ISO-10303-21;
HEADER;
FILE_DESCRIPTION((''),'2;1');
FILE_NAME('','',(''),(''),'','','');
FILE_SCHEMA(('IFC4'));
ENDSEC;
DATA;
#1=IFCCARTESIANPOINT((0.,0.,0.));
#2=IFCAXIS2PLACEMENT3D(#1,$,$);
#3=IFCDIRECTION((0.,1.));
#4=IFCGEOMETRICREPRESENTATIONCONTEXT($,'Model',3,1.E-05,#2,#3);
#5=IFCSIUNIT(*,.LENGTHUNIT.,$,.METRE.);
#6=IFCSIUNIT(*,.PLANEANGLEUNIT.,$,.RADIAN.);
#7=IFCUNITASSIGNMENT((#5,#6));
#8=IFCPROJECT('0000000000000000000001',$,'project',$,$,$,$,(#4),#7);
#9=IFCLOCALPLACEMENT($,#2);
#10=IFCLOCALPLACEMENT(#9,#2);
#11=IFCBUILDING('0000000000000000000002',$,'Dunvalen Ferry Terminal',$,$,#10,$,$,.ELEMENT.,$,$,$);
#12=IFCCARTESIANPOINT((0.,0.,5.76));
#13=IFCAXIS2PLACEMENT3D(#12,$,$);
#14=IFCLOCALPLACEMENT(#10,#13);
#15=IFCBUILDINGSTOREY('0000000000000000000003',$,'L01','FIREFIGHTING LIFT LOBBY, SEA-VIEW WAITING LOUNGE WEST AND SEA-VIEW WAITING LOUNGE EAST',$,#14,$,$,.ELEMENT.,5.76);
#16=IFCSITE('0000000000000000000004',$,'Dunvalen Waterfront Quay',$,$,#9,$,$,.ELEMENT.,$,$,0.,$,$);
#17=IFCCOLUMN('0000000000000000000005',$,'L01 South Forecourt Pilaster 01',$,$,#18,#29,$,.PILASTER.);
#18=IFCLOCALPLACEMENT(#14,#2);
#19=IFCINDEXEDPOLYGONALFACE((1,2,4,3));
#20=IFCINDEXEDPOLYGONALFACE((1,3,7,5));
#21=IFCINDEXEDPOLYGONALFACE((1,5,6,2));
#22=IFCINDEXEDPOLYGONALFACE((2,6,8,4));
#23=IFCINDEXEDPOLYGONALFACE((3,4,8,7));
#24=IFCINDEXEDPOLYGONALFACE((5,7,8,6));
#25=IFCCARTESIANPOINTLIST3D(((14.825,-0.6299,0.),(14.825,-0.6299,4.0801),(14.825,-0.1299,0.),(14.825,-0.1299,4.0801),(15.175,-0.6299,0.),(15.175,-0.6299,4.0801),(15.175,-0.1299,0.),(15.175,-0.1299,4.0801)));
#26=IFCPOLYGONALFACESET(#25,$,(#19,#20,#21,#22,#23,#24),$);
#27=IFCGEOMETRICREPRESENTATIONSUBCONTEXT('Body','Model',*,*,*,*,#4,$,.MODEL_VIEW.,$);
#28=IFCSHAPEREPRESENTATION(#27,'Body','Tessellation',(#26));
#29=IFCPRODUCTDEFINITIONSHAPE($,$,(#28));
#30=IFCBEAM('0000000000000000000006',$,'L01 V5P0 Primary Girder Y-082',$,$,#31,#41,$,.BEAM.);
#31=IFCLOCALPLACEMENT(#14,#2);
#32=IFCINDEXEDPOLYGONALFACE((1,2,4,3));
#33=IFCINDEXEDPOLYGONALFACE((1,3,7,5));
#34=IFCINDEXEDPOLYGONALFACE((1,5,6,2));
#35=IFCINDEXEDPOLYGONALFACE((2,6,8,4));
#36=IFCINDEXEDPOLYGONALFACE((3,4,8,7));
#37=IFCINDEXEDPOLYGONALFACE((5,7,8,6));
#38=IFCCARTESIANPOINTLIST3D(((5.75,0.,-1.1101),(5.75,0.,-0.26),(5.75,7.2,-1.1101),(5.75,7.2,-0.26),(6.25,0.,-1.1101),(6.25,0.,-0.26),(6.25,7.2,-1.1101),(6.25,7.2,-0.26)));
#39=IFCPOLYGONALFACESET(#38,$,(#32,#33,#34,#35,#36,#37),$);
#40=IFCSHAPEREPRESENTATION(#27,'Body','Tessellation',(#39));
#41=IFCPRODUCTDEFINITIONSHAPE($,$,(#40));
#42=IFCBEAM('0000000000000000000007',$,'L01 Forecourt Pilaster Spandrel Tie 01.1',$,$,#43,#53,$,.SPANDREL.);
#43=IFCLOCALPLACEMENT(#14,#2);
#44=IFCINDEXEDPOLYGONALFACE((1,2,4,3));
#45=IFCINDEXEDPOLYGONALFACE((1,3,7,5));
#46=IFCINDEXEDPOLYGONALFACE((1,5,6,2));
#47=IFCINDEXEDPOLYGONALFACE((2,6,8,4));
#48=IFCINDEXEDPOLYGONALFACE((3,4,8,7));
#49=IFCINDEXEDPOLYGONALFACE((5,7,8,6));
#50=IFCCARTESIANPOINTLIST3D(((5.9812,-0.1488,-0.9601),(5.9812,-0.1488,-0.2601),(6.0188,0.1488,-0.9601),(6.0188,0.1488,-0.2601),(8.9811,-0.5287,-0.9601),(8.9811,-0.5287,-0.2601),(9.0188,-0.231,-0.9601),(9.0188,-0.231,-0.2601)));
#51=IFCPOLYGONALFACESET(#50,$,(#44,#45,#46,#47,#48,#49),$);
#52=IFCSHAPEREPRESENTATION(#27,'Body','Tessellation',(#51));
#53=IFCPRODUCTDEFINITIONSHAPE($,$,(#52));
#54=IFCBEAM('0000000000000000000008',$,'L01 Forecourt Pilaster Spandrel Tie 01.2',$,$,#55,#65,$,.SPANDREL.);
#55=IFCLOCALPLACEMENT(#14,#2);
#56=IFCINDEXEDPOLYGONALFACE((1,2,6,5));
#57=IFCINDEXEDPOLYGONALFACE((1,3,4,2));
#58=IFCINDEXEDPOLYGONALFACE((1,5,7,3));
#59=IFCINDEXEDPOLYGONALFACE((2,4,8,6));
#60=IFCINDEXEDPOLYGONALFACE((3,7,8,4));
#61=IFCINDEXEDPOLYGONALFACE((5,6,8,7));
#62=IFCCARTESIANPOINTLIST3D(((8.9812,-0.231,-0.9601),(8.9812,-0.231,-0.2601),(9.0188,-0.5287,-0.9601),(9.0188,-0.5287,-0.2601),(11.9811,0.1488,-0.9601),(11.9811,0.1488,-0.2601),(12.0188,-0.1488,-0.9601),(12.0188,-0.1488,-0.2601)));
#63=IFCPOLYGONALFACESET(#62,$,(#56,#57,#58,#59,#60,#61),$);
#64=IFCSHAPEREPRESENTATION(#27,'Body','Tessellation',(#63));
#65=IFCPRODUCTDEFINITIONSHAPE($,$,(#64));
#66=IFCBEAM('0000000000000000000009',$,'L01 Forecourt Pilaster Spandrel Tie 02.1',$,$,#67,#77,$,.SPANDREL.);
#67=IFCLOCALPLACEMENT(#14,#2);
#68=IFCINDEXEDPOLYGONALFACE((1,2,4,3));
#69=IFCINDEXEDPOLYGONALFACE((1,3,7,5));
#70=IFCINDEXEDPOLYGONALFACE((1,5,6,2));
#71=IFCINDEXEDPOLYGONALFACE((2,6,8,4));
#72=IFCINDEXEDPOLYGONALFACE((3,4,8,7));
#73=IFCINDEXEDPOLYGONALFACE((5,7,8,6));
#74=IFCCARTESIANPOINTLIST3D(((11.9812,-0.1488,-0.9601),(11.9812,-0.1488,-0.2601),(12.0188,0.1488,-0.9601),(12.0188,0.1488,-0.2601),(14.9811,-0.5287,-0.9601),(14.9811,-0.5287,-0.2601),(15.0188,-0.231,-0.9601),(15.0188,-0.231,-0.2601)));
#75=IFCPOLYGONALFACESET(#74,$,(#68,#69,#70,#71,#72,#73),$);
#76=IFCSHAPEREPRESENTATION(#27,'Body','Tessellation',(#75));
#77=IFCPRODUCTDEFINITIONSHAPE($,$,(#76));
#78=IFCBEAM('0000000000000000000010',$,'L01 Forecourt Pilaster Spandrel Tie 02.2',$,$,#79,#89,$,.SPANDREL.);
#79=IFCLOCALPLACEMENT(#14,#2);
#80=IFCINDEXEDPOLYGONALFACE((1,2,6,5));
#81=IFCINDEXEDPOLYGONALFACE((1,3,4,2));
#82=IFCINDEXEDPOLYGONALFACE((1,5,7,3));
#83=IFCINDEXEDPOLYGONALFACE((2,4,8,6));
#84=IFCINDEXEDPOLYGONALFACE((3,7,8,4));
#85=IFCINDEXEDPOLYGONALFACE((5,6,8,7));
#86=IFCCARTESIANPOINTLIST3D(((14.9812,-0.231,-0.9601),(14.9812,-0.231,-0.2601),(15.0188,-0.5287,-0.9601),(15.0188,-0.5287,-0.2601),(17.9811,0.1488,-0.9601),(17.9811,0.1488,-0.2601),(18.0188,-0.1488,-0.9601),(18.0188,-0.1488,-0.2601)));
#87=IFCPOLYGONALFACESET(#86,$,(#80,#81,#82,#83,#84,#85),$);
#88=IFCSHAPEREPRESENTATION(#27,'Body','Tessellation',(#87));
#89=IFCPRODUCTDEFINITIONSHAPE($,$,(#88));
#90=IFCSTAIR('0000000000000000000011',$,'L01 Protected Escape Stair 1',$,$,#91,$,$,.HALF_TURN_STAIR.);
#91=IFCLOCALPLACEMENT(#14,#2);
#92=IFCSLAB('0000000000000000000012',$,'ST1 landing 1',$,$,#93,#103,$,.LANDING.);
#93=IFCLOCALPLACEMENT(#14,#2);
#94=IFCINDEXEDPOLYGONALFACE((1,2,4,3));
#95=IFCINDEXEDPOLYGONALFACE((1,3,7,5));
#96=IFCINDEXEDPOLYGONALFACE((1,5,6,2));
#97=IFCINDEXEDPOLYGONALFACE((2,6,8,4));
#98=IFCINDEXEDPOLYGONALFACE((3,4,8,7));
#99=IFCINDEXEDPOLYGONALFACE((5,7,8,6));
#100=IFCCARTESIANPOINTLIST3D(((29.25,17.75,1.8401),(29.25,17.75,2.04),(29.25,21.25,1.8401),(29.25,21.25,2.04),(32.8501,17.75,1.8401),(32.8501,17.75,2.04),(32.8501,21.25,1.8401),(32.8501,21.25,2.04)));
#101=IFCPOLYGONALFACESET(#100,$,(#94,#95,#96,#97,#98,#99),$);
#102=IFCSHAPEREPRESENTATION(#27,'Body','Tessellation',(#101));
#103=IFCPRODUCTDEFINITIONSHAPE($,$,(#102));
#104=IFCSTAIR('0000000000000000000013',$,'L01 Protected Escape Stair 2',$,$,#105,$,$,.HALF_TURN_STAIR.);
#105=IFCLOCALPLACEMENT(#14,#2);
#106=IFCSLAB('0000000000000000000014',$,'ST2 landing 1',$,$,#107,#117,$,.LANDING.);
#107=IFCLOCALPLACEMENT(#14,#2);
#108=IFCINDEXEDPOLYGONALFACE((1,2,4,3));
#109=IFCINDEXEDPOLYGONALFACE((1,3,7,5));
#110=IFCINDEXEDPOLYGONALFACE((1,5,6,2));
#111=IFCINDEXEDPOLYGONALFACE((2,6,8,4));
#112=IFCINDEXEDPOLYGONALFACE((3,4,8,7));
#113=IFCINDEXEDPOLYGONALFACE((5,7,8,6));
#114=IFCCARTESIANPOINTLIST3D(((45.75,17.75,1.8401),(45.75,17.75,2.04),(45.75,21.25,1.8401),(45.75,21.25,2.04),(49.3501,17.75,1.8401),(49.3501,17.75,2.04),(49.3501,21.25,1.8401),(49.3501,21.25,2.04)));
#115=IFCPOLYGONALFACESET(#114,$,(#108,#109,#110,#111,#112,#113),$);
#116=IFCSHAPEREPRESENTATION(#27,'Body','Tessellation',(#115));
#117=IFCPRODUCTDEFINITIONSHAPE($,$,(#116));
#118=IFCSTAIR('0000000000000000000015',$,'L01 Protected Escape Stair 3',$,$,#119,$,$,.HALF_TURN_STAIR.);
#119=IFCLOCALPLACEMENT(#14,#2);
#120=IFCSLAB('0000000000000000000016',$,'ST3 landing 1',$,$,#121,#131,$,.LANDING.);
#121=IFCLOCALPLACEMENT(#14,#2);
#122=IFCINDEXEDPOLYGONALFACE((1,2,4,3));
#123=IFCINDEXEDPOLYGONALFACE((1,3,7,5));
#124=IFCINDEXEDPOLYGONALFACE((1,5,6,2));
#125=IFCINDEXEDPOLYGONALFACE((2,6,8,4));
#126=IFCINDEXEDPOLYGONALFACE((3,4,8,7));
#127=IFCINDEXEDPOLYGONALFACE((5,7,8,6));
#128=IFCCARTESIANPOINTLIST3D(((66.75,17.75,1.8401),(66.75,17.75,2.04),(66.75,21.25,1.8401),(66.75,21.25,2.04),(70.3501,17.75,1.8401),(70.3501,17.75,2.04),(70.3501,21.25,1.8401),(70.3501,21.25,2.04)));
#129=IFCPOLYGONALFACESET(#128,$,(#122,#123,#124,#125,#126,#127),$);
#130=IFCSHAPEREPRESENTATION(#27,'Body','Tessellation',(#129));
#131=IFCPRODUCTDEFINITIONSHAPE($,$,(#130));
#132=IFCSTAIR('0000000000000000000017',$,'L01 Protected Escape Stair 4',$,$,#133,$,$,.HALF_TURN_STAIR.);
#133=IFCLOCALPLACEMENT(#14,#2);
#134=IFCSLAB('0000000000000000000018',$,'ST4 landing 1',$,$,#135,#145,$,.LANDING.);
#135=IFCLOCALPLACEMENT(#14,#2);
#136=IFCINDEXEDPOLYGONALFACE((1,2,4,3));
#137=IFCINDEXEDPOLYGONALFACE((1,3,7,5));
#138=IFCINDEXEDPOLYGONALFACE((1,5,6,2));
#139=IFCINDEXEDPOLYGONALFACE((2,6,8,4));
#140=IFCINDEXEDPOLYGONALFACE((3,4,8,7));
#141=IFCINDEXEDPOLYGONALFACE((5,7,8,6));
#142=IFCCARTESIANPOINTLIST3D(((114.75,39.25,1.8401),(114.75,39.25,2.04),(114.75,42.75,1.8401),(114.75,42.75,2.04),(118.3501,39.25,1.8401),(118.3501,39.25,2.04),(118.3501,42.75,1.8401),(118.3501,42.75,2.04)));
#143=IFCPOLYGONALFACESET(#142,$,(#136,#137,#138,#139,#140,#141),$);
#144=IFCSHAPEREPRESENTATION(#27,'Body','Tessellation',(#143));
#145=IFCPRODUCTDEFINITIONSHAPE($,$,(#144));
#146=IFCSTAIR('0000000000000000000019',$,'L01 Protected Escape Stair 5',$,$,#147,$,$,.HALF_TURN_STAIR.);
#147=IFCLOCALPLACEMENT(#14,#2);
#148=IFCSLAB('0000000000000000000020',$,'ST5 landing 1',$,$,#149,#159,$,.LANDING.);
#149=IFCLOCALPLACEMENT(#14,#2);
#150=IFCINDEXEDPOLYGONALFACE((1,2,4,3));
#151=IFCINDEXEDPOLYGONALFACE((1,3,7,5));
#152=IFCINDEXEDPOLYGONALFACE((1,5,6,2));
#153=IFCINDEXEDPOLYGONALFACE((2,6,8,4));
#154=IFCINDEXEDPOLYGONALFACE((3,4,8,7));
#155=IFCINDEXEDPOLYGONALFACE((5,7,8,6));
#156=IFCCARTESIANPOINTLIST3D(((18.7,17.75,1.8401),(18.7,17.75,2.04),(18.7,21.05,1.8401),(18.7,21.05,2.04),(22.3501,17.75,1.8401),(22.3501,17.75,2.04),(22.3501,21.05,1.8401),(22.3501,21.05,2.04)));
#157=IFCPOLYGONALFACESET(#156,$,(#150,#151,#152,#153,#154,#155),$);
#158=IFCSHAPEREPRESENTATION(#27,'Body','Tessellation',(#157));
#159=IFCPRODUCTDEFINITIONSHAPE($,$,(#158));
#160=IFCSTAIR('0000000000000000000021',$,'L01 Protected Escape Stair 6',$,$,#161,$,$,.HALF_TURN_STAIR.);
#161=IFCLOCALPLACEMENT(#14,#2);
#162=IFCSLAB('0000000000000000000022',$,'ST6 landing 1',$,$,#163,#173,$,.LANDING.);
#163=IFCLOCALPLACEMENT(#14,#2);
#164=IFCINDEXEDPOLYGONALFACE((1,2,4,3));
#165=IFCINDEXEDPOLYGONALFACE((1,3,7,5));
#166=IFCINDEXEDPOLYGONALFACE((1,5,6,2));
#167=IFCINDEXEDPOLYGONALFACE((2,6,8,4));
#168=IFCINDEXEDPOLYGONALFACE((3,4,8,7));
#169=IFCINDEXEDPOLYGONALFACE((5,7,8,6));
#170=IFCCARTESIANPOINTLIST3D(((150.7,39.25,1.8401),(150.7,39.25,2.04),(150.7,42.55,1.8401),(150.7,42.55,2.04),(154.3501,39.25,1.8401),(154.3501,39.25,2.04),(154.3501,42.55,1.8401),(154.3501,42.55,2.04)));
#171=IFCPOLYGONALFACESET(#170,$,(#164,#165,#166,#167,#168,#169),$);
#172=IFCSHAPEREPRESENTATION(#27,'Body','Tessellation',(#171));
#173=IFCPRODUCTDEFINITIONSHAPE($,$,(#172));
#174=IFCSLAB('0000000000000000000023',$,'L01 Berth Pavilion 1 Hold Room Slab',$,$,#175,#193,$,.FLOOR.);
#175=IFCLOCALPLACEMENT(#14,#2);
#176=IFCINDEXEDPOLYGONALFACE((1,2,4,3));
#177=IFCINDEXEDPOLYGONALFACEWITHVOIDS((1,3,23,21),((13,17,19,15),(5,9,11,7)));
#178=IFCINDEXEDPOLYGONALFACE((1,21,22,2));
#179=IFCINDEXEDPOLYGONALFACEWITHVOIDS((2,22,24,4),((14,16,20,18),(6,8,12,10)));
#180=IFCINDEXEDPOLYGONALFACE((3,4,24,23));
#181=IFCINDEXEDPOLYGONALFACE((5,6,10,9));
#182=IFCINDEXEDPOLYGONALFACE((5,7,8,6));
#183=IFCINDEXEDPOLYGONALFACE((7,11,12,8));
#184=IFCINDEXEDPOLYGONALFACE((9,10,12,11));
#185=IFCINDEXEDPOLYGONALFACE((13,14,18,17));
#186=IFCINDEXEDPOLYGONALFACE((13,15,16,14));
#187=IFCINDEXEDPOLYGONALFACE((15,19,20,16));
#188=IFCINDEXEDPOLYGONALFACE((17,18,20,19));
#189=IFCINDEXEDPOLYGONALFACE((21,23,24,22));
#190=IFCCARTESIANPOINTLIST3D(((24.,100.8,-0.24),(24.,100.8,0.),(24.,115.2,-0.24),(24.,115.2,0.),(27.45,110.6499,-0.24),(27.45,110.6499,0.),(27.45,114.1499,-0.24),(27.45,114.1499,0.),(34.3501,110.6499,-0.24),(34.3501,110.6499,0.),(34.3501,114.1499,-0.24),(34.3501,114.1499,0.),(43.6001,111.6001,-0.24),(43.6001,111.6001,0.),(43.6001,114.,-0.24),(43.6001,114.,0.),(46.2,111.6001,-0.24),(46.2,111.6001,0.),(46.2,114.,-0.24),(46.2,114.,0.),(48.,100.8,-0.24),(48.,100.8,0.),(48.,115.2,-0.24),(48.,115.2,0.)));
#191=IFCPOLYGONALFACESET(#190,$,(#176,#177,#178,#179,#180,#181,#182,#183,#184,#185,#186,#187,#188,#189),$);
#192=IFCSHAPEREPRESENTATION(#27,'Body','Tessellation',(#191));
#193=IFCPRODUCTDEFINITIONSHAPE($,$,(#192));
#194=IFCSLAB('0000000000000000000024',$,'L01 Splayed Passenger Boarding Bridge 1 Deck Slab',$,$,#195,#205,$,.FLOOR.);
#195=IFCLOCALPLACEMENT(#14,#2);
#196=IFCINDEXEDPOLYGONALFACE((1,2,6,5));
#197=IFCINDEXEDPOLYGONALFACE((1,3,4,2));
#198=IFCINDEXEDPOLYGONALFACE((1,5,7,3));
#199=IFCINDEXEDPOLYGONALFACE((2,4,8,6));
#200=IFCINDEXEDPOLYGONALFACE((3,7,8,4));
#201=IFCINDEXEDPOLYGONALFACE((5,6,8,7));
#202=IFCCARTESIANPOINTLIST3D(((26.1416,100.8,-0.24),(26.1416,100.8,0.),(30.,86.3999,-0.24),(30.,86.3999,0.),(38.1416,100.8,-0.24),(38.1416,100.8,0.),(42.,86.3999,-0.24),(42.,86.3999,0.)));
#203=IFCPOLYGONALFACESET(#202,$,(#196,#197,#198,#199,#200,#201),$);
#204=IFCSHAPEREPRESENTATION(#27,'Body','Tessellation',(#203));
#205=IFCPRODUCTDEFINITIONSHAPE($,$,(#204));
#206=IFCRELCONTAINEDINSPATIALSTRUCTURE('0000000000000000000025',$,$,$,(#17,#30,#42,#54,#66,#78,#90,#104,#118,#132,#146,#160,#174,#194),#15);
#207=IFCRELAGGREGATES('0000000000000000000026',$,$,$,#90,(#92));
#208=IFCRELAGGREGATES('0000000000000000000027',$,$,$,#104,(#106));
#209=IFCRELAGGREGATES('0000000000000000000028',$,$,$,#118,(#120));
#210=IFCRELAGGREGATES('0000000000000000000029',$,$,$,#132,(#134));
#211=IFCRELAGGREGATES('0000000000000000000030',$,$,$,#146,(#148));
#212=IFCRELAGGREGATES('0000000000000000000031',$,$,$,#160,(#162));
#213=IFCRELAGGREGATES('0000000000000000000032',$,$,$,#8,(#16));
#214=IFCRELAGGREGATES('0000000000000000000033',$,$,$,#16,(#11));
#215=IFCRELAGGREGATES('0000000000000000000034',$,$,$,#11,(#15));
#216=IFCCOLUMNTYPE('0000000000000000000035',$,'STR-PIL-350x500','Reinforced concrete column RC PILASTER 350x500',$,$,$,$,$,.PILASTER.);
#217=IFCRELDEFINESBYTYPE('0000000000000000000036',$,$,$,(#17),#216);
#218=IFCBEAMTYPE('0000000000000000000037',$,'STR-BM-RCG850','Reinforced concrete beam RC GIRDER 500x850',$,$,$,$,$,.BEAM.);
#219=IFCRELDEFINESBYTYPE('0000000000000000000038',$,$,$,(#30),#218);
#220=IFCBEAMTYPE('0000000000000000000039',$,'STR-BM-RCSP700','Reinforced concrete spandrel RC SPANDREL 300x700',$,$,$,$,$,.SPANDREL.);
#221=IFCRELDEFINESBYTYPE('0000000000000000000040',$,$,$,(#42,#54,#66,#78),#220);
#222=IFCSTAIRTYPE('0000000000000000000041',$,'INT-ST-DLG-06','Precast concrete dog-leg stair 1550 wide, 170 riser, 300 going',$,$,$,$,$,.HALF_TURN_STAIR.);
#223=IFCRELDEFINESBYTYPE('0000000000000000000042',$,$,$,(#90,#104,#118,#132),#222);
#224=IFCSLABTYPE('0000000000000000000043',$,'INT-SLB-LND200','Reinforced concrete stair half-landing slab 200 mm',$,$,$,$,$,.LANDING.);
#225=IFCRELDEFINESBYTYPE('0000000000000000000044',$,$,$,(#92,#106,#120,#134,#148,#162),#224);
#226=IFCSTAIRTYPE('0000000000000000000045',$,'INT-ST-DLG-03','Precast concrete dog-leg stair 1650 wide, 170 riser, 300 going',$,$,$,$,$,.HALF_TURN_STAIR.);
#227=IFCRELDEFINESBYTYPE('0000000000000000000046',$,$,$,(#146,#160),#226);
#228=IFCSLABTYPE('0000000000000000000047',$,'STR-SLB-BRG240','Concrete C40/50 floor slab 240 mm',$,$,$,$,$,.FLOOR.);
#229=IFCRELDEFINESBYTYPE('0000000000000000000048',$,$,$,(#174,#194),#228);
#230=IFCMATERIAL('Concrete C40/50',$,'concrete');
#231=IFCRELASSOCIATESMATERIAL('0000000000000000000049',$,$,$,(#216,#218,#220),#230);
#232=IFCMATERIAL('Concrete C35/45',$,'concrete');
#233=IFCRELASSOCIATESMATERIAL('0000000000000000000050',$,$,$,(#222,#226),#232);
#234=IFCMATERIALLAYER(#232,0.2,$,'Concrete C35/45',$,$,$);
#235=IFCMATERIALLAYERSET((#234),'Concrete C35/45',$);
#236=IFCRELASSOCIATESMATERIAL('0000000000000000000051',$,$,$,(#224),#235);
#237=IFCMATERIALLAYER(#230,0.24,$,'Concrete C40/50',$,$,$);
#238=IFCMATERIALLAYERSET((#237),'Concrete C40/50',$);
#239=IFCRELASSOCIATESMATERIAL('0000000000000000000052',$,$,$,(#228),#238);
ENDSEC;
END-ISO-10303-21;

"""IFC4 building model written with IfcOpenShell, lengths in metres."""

from ifc_helpers import new_model, si_unit, direction, frame, origin, origin_2d, place, context, subcontext, project, spatial, polyline, rectangle, outline, extrude, material, layer, layer_set, material_profile, profile_set, type_object, element, aggregate, save


model = new_model("IFC4")

# Units and contexts
model_context = context("Model", 3, precision=1e-05, world=origin(), true_north=direction((0.0, 1.0)))
body_context = subcontext(model_context, "Body", "Model", "MODEL_VIEW")
ifc_project = project(units=[si_unit("LENGTHUNIT", "METRE"), si_unit("PLANEANGLEUNIT", "RADIAN")], contexts=[model_context])

# Site, building, storey
site_placement = place(None, origin())
site = spatial("IfcSite", under=ifc_project, at=site_placement, Name="Dunvalen Waterfront Quay", CompositionType="ELEMENT", RefElevation=0.0)
building_placement = place(site_placement, origin())
building = spatial("IfcBuilding", under=site, at=building_placement, Name="Dunvalen Ferry Terminal", CompositionType="ELEMENT")
storey_placement = place(building_placement, frame((0.0, 0.0, 5.76)))
storey = spatial("IfcBuildingStorey", under=building, at=storey_placement, Name="L01", Description="FIREFIGHTING LIFT LOBBY, SEA-VIEW WAITING LOUNGE WEST AND SEA-VIEW WAITING LOUNGE EAST", CompositionType="ELEMENT", Elevation=5.76)

# Column
ifc_material_1 = material(Name="Concrete C40/50", Category="concrete")
ifc_material_profile_1 = material_profile(ifc_material_1, rectangle(XDim=0.3501, YDim=0.5, at=origin_2d()), Name="Concrete C40/50")
ifc_profile_set_1 = profile_set([ifc_material_profile_1], Name="Concrete C40/50")
column_type = type_object("IfcColumnType", Name="STR-PIL-350x500", Description="Reinforced concrete column RC PILASTER 350x500", PredefinedType="PILASTER", material=ifc_profile_set_1)
column_placement = place(storey_placement, frame((15.0, -0.3799, 0.0), z_axis=(0.0, 0.0, 1.0), x_axis=(1.0, 0.0, 0.0)))
element("IfcColumn", 1, at=column_placement, inside=storey, type_object=column_type, Name="L01 South Forecourt Pilaster 01", PredefinedType="PILASTER", context=body_context, shape_type="SweptSolid", body=[
    extrude(rectangle(XDim=0.3501, YDim=0.5, at=origin_2d()), origin(), (0.0, 0.0, 1.0), 4.0801),
])

# Beams
ifc_material_profile_2 = material_profile(ifc_material_1, rectangle(XDim=0.5, YDim=0.8501, at=origin_2d()), Name="Concrete C40/50")
ifc_profile_set_2 = profile_set([ifc_material_profile_2], Name="Concrete C40/50")
beam_type_1 = type_object("IfcBeamType", Name="STR-BM-RCG850", Description="Reinforced concrete beam RC GIRDER 500x850", PredefinedType="BEAM", material=ifc_profile_set_2)
beam_placement = place(storey_placement, frame((6.0, 0.0, -0.6851), z_axis=(0.0, 1.0, 0.0), x_axis=(-1.0, 0.0, 0.0)))
element("IfcBeam", 2, at=beam_placement, inside=storey, type_object=beam_type_1, Name="L01 V5P0 Primary Girder Y-082", PredefinedType="BEAM", context=body_context, shape_type="SweptSolid", body=[
    extrude(rectangle(XDim=0.5, YDim=0.8501, at=origin_2d()), origin(), (0.0, 0.0, 1.0), 7.2),
])
ifc_material_profile_3 = material_profile(ifc_material_1, rectangle(XDim=0.3, YDim=0.7, at=origin_2d()), Name="Concrete C40/50")
ifc_profile_set_3 = profile_set([ifc_material_profile_3], Name="Concrete C40/50")
beam_type_2 = type_object("IfcBeamType", Name="STR-BM-RCSP700", Description="Reinforced concrete spandrel RC SPANDREL 300x700", PredefinedType="SPANDREL", material=ifc_profile_set_3)
for number, where, z_axis, x_axis, name in (
    (3, (6.0, 0.0, -0.6101), (0.992078, -0.125624, 0.0), (0.125624, 0.992078, 0.0), "L01 Forecourt Pilaster Spandrel Tie 01.1"),
    (4, (9.0, -0.3799, -0.6101), (0.992078, 0.125624, 0.0), (-0.125624, 0.992078, 0.0), "L01 Forecourt Pilaster Spandrel Tie 01.2"),
    (5, (12.0, 0.0, -0.6101), (0.992078, -0.125624, 0.0), (0.125624, 0.992078, 0.0), "L01 Forecourt Pilaster Spandrel Tie 02.1"),
    (6, (15.0, -0.3799, -0.6101), (0.992078, 0.125624, 0.0), (-0.125624, 0.992078, 0.0), "L01 Forecourt Pilaster Spandrel Tie 02.2"),
):
    element("IfcBeam", number, at=place(storey_placement, frame(where, z_axis=z_axis, x_axis=x_axis)), inside=storey, type_object=beam_type_2, Name=name, PredefinedType="SPANDREL", context=body_context, shape_type="SweptSolid", body=[
        extrude(rectangle(XDim=0.3, YDim=0.7, at=origin_2d()), origin(), (0.0, 0.0, 1.0), 3.0239),
    ])

# Stairs, slabs
ifc_material_2 = material(Name="Concrete C35/45", Category="concrete")
stair_type_1 = type_object("IfcStairType", Name="INT-ST-DLG-06", Description="Precast concrete dog-leg stair 1550 wide, 170 riser, 300 going", PredefinedType="HALF_TURN_STAIR", material=ifc_material_2)
stair_1_placement = place(storey_placement, origin())
stair_1 = element("IfcStair", 7, at=stair_1_placement, inside=storey, type_object=stair_type_1, Name="L01 Protected Escape Stair 1", PredefinedType="HALF_TURN_STAIR")
ifc_layer_1 = layer(ifc_material_2, 0.2, Name="Concrete C35/45")
ifc_layer_set_1 = layer_set([ifc_layer_1], Name="Concrete C35/45")
slab_type_1 = type_object("IfcSlabType", Name="INT-SLB-LND200", Description="Reinforced concrete stair half-landing slab 200 mm", PredefinedType="LANDING", material=ifc_layer_set_1)
slab_1_placement = place(storey_placement, frame((0.0, 0.0, 1.8401)))
slab_1 = element("IfcSlab", 8, at=slab_1_placement, type_object=slab_type_1, Name="ST1 landing 1", PredefinedType="LANDING", context=body_context, shape_type="SweptSolid", body=[
    extrude(outline(polyline([(29.25, 17.75), (32.8501, 17.75), (32.8501, 21.25), (29.25, 21.25), (29.25, 17.75)])), origin(), (0.0, 0.0, 1.0), 0.2),
])
aggregate(stair_1, [slab_1])
stair_2_placement = place(storey_placement, origin())
stair_2 = element("IfcStair", 9, at=stair_2_placement, inside=storey, type_object=stair_type_1, Name="L01 Protected Escape Stair 2", PredefinedType="HALF_TURN_STAIR")
slab_2_placement = place(storey_placement, frame((0.0, 0.0, 1.8401)))
slab_2 = element("IfcSlab", 10, at=slab_2_placement, type_object=slab_type_1, Name="ST2 landing 1", PredefinedType="LANDING", context=body_context, shape_type="SweptSolid", body=[
    extrude(outline(polyline([(45.75, 17.75), (49.3501, 17.75), (49.3501, 21.25), (45.75, 21.25), (45.75, 17.75)])), origin(), (0.0, 0.0, 1.0), 0.2),
])
aggregate(stair_2, [slab_2])
stair_3_placement = place(storey_placement, origin())
stair_3 = element("IfcStair", 11, at=stair_3_placement, inside=storey, type_object=stair_type_1, Name="L01 Protected Escape Stair 3", PredefinedType="HALF_TURN_STAIR")
slab_3_placement = place(storey_placement, frame((0.0, 0.0, 1.8401)))
slab_3 = element("IfcSlab", 12, at=slab_3_placement, type_object=slab_type_1, Name="ST3 landing 1", PredefinedType="LANDING", context=body_context, shape_type="SweptSolid", body=[
    extrude(outline(polyline([(66.75, 17.75), (70.3501, 17.75), (70.3501, 21.25), (66.75, 21.25), (66.75, 17.75)])), origin(), (0.0, 0.0, 1.0), 0.2),
])
aggregate(stair_3, [slab_3])
stair_4_placement = place(storey_placement, origin())
stair_4 = element("IfcStair", 13, at=stair_4_placement, inside=storey, type_object=stair_type_1, Name="L01 Protected Escape Stair 4", PredefinedType="HALF_TURN_STAIR")
slab_4_placement = place(storey_placement, frame((0.0, 0.0, 1.8401)))
slab_4 = element("IfcSlab", 14, at=slab_4_placement, type_object=slab_type_1, Name="ST4 landing 1", PredefinedType="LANDING", context=body_context, shape_type="SweptSolid", body=[
    extrude(outline(polyline([(114.75, 39.25), (118.3501, 39.25), (118.3501, 42.75), (114.75, 42.75), (114.75, 39.25)])), origin(), (0.0, 0.0, 1.0), 0.2),
])
aggregate(stair_4, [slab_4])
stair_type_2 = type_object("IfcStairType", Name="INT-ST-DLG-03", Description="Precast concrete dog-leg stair 1650 wide, 170 riser, 300 going", PredefinedType="HALF_TURN_STAIR", material=ifc_material_2)
stair_5_placement = place(storey_placement, origin())
stair_5 = element("IfcStair", 15, at=stair_5_placement, inside=storey, type_object=stair_type_2, Name="L01 Protected Escape Stair 5", PredefinedType="HALF_TURN_STAIR")
slab_5_placement = place(storey_placement, frame((0.0, 0.0, 1.8401)))
slab_5 = element("IfcSlab", 16, at=slab_5_placement, type_object=slab_type_1, Name="ST5 landing 1", PredefinedType="LANDING", context=body_context, shape_type="SweptSolid", body=[
    extrude(outline(polyline([(18.7, 17.75), (22.3501, 17.75), (22.3501, 21.05), (18.7, 21.05), (18.7, 17.75)])), origin(), (0.0, 0.0, 1.0), 0.2),
])
aggregate(stair_5, [slab_5])
stair_6_placement = place(storey_placement, origin())
stair_6 = element("IfcStair", 17, at=stair_6_placement, inside=storey, type_object=stair_type_2, Name="L01 Protected Escape Stair 6", PredefinedType="HALF_TURN_STAIR")
slab_6_placement = place(storey_placement, frame((0.0, 0.0, 1.8401)))
slab_6 = element("IfcSlab", 18, at=slab_6_placement, type_object=slab_type_1, Name="ST6 landing 1", PredefinedType="LANDING", context=body_context, shape_type="SweptSolid", body=[
    extrude(outline(polyline([(150.7, 39.25), (154.3501, 39.25), (154.3501, 42.55), (150.7, 42.55), (150.7, 39.25)])), origin(), (0.0, 0.0, 1.0), 0.2),
])
aggregate(stair_6, [slab_6])

# Slabs
ifc_layer_2 = layer(ifc_material_1, 0.24, Name="Concrete C40/50")
ifc_layer_set_2 = layer_set([ifc_layer_2], Name="Concrete C40/50")
slab_type_2 = type_object("IfcSlabType", Name="STR-SLB-BRG240", Description="Concrete C40/50 floor slab 240 mm", PredefinedType="FLOOR", material=ifc_layer_set_2)
slab_7_placement = place(storey_placement, frame((0.0, 0.0, -0.24)))
element("IfcSlab", 19, at=slab_7_placement, inside=storey, type_object=slab_type_2, Name="L01 Berth Pavilion 1 Hold Room Slab", PredefinedType="FLOOR", context=body_context, shape_type="SweptSolid", body=[
    extrude(outline(polyline([(24.0, 100.8), (48.0, 100.8), (48.0, 115.2), (24.0, 115.2), (24.0, 100.8)]), holes=[polyline([(27.45, 110.6499), (34.3501, 110.6499), (34.3501, 114.1499), (27.45, 114.1499), (27.45, 110.6499)]), polyline([(43.6001, 111.6001), (46.2, 111.6001), (46.2, 114.0), (43.6001, 114.0), (43.6001, 111.6001)])]), origin(), (0.0, 0.0, 1.0), 0.24),
])
slab_8_placement = place(storey_placement, frame((0.0, 0.0, -0.24)))
element("IfcSlab", 20, at=slab_8_placement, inside=storey, type_object=slab_type_2, Name="L01 Splayed Passenger Boarding Bridge 1 Deck Slab", PredefinedType="FLOOR", context=body_context, shape_type="SweptSolid", body=[
    extrude(outline(polyline([(30.0, 86.3999), (42.0, 86.3999), (38.1416, 100.8), (26.1416, 100.8), (30.0, 86.3999)])), origin(), (0.0, 0.0, 1.0), 0.24),
])

save(model, "model.ifc")
